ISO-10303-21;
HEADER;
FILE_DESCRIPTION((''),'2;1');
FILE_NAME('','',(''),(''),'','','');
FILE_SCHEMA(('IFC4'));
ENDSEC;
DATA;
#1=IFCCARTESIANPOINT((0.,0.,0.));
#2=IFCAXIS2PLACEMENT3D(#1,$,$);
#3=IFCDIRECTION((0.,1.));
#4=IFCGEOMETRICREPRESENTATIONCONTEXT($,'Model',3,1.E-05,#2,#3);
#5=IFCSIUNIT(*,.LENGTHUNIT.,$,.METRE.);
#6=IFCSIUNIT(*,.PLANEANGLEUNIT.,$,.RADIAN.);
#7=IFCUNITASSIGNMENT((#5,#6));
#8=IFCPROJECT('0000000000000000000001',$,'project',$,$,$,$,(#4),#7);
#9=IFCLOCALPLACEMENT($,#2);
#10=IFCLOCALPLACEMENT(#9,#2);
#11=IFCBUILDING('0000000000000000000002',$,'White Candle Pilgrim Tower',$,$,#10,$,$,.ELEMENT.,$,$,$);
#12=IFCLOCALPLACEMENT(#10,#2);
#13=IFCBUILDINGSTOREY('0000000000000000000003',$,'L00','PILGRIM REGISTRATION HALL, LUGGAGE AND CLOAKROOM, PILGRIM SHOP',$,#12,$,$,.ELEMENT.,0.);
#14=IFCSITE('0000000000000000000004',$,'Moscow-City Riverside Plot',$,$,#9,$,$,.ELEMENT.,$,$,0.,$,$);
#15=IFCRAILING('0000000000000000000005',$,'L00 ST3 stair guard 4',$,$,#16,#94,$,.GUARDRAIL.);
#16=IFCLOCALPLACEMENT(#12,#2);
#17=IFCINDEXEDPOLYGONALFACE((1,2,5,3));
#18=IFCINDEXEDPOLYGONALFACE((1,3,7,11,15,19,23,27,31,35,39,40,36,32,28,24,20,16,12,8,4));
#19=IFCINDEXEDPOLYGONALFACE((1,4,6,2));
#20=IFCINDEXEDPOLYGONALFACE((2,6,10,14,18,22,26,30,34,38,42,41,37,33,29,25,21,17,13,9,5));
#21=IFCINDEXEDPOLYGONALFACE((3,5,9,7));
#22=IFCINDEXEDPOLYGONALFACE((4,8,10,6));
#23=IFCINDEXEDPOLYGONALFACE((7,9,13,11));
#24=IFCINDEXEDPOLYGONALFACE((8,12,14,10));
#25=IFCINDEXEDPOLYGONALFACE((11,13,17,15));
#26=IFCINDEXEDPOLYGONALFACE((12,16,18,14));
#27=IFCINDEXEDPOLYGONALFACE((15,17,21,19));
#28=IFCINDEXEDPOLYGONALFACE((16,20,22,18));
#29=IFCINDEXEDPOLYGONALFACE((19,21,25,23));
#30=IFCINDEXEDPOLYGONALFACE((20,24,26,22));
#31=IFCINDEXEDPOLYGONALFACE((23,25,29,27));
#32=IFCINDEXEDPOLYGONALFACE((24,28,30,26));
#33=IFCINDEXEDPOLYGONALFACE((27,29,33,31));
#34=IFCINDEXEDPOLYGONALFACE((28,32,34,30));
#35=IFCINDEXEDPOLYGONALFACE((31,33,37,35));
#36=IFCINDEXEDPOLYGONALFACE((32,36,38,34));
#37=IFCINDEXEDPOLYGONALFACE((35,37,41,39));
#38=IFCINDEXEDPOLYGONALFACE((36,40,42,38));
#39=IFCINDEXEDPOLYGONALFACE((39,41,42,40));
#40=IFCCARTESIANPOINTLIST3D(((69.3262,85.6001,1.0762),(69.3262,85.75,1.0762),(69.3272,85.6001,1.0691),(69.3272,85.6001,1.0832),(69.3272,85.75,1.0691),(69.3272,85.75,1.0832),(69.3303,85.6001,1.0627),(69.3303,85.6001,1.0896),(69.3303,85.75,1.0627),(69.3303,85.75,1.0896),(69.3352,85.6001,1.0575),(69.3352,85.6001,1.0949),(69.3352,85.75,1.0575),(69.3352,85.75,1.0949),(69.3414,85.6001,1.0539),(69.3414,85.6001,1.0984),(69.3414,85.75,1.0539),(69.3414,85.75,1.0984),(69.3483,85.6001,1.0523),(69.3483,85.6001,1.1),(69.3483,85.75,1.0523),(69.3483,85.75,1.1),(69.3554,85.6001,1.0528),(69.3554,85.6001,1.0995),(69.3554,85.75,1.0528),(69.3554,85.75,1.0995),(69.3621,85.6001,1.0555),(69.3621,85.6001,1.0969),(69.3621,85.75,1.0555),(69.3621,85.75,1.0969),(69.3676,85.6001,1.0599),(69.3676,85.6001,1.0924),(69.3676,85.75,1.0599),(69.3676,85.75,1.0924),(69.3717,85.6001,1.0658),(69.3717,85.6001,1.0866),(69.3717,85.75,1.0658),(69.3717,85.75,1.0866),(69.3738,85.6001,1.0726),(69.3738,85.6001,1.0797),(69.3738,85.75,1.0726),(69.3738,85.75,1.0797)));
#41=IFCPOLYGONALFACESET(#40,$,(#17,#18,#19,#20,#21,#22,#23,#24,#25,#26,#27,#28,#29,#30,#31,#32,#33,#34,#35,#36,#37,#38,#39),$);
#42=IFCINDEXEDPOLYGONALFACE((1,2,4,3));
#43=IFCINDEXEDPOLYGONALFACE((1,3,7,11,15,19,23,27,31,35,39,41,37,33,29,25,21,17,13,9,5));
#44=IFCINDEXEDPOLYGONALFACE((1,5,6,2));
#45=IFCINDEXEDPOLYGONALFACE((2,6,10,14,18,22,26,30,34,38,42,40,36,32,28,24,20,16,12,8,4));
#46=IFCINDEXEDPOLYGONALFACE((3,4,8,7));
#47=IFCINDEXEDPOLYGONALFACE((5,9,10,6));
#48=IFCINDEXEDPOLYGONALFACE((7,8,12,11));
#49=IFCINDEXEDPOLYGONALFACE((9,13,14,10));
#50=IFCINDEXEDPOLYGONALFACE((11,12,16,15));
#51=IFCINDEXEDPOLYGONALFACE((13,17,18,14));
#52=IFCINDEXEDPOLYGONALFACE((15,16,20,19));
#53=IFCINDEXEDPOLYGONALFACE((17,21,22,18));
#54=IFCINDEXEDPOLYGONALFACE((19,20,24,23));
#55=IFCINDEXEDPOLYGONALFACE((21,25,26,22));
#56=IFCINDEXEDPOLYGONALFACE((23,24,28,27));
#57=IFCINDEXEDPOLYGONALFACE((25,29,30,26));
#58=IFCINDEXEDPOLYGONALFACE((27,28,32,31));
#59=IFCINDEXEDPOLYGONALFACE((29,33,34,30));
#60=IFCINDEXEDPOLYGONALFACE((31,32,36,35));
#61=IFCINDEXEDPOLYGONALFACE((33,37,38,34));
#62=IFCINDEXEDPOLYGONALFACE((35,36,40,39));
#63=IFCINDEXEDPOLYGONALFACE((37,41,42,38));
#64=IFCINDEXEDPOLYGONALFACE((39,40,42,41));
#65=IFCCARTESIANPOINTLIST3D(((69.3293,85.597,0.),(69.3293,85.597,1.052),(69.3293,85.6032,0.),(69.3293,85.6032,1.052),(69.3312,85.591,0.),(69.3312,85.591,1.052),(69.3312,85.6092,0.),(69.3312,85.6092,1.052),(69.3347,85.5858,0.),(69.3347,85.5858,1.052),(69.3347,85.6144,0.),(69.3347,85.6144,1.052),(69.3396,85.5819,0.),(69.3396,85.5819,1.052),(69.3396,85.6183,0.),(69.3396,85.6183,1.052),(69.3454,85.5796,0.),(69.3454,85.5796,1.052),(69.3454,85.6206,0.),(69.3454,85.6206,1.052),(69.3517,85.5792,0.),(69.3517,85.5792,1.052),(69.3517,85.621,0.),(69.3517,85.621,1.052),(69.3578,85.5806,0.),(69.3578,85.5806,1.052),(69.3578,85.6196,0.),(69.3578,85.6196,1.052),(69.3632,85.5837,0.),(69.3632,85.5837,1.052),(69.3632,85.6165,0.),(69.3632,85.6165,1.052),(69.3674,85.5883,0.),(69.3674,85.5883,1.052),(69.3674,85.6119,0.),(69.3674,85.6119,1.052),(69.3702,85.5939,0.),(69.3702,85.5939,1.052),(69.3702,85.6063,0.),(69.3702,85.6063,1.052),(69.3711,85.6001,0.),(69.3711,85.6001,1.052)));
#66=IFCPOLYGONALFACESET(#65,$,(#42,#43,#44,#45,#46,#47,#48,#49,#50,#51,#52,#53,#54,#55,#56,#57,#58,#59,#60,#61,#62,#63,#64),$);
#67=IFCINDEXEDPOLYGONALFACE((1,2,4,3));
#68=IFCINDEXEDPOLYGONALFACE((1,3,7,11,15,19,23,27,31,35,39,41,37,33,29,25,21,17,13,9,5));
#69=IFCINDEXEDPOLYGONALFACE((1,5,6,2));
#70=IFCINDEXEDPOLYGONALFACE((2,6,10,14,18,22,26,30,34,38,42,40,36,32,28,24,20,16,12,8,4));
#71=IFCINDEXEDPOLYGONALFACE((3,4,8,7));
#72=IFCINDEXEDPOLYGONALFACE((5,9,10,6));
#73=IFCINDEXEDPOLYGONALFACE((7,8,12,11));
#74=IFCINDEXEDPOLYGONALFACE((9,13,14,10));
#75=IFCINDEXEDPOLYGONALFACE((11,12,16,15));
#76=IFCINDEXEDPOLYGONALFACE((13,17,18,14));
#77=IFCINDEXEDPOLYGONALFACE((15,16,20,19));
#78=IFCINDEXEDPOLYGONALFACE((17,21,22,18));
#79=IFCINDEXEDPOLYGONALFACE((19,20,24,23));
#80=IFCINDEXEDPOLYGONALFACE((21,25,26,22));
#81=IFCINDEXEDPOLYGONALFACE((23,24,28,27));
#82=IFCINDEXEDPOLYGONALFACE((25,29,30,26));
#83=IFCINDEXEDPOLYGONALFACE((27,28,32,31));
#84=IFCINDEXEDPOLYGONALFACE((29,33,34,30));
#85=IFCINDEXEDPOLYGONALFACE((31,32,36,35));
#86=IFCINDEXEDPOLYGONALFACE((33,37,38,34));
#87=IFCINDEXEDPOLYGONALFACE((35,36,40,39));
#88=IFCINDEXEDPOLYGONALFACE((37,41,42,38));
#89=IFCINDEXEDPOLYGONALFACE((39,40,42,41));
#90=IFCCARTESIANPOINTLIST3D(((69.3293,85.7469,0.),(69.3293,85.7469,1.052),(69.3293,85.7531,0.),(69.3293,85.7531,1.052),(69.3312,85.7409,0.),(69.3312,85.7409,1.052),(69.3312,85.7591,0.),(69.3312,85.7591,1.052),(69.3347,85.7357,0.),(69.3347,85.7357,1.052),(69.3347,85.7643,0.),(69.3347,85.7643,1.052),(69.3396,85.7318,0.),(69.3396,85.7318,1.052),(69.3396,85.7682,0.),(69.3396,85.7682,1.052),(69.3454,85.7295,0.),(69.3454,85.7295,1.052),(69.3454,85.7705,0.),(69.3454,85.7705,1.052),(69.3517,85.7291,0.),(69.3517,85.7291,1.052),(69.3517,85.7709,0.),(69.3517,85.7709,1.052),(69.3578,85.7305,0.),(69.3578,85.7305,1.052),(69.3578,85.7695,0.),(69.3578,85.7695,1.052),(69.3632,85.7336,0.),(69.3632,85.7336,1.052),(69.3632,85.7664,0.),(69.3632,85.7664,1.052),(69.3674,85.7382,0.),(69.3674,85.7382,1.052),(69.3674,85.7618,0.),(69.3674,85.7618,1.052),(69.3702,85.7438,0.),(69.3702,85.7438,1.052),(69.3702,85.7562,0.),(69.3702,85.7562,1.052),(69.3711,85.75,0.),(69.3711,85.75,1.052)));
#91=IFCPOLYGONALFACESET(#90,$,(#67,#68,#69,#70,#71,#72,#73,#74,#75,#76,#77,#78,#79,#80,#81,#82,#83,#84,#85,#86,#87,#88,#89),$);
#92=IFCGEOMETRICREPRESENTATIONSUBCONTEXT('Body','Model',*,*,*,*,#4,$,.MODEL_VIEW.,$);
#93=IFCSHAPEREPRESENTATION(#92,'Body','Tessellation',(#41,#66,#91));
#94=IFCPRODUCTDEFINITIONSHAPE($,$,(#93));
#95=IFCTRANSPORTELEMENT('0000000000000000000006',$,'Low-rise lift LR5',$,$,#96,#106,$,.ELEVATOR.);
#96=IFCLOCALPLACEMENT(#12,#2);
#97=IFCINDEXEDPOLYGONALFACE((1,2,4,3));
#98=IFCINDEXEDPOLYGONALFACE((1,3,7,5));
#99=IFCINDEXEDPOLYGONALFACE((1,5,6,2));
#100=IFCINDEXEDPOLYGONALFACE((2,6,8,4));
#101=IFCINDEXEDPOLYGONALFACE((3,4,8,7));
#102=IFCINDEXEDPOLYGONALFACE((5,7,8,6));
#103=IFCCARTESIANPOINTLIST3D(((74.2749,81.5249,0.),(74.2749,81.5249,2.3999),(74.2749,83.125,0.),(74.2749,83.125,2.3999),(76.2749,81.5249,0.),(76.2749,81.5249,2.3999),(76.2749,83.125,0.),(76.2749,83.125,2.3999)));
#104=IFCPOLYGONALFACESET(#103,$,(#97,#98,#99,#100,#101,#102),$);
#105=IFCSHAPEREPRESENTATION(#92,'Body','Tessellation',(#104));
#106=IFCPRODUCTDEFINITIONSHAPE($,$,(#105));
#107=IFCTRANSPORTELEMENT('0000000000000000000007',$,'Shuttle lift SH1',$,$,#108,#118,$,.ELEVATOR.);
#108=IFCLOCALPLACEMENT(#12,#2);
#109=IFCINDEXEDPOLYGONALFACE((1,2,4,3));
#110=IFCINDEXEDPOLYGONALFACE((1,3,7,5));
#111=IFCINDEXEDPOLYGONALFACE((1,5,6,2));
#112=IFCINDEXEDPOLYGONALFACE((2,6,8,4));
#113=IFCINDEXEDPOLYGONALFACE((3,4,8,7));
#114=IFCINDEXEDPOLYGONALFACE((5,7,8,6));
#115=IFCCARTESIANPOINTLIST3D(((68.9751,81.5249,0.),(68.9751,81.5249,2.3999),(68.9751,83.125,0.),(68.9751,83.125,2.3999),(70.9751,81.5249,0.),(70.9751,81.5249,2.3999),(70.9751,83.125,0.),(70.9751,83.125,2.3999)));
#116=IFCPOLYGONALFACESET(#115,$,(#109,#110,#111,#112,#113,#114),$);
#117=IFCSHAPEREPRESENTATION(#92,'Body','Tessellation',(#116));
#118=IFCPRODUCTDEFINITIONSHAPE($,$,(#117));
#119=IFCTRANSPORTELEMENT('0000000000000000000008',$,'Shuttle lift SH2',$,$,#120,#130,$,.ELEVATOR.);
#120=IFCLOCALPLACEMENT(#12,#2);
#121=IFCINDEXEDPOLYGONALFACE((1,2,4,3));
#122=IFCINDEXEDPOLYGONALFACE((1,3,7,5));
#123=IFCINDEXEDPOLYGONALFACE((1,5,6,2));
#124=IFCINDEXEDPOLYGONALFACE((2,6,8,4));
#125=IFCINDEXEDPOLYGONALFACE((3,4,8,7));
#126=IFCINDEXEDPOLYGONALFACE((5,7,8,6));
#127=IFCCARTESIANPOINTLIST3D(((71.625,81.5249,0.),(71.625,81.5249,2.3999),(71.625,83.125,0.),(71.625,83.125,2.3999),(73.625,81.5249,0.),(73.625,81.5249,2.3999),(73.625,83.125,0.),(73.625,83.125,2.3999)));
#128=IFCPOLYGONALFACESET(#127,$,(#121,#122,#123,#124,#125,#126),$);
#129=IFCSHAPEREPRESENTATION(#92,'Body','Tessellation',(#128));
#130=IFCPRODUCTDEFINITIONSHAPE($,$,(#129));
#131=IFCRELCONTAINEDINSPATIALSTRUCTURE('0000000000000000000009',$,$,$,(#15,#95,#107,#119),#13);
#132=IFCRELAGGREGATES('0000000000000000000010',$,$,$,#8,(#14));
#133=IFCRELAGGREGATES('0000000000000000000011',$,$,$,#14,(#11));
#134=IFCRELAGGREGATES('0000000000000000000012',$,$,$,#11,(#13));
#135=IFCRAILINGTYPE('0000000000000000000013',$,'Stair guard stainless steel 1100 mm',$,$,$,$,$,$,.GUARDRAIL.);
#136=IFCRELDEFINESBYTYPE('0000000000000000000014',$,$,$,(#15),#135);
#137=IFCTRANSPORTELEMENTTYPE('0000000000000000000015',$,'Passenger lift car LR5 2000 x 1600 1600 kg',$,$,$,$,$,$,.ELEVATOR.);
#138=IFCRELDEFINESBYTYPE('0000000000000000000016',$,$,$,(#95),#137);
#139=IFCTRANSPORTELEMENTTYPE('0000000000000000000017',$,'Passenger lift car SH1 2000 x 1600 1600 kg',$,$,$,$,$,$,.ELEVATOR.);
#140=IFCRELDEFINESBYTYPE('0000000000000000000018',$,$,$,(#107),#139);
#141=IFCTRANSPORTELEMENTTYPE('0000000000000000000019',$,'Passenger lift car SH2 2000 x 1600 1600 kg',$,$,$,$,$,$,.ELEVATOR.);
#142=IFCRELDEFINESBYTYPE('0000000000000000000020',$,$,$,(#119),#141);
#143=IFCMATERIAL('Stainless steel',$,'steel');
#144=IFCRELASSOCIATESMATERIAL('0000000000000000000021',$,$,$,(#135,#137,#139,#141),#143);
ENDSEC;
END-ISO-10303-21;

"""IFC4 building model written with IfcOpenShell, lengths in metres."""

from ifc_helpers import new_model, si_unit, direction, frame, origin, origin_2d, place, context, subcontext, project, spatial, rectangle, circle, extrude, material, type_object, element, save


model = new_model("IFC4")

# Units and contexts
model_context = context("Model", 3, precision=1e-05, world=origin(), true_north=direction((0.0, 1.0)))
body_context = subcontext(model_context, "Body", "Model", "MODEL_VIEW")
ifc_project = project(units=[si_unit("LENGTHUNIT", "METRE"), si_unit("PLANEANGLEUNIT", "RADIAN")], contexts=[model_context])

# Site, building, storey
site_placement = place(None, origin())
site = spatial("IfcSite", under=ifc_project, at=site_placement, Name="Moscow-City Riverside Plot", CompositionType="ELEMENT", RefElevation=0.0)
building_placement = place(site_placement, origin())
building = spatial("IfcBuilding", under=site, at=building_placement, Name="White Candle Pilgrim Tower", CompositionType="ELEMENT")
storey_placement = place(building_placement, origin())
storey = spatial("IfcBuildingStorey", under=building, at=storey_placement, Name="L00", Description="PILGRIM REGISTRATION HALL, LUGGAGE AND CLOAKROOM, PILGRIM SHOP", CompositionType="ELEMENT", Elevation=0.0)

# Railing
ifc_material_1 = material(Name="Stainless steel", Category="steel")
railing_type_1 = type_object("IfcRailingType", Name="Stair guard stainless steel 1100 mm", PredefinedType="GUARDRAIL", material=ifc_material_1)
railing_1_placement = place(storey_placement, frame((69.3501, 85.6001, 0.0)))
element("IfcRailing", 1, at=railing_1_placement, inside=storey, type_object=railing_type_1, Name="L00 ST3 stair guard 4", PredefinedType="GUARDRAIL", context=body_context, shape_type="SweptSolid", body=[
    extrude(circle(Radius=0.0239, at=origin_2d()), frame((0.0, 0.0, 1.0762), z_axis=(0.0, 1.0, 0.0), x_axis=(-1.0, 0.0, 0.0)), (0.0, 0.0, 1.0), 0.1499),
    extrude(circle(Radius=0.021, at=origin_2d()), origin(), (0.0, 0.0, 1.0), 1.052),
    extrude(circle(Radius=0.021, at=origin_2d()), frame((0.0, 0.1499, 0.0)), (0.0, 0.0, 1.0), 1.052),
])

# Transport elements
transport_element_type_1 = type_object("IfcTransportElementType", Name="Passenger lift car LR5 2000 x 1600 1600 kg", PredefinedType="ELEVATOR", material=ifc_material_1)
transport_element_1_placement = place(storey_placement, frame((75.2749, 82.325, 0.0), z_axis=(0.0, 0.0, 1.0), x_axis=(1.0, 0.0, 0.0)))
element("IfcTransportElement", 2, at=transport_element_1_placement, inside=storey, type_object=transport_element_type_1, Name="Low-rise lift LR5", PredefinedType="ELEVATOR", context=body_context, shape_type="SweptSolid", body=[
    extrude(rectangle(XDim=2.0, YDim=1.6001, at=origin_2d()), origin(), (0.0, 0.0, 1.0), 2.3999),
])
transport_element_type_2 = type_object("IfcTransportElementType", Name="Passenger lift car SH1 2000 x 1600 1600 kg", PredefinedType="ELEVATOR", material=ifc_material_1)
transport_element_2_placement = place(storey_placement, frame((69.9751, 82.325, 0.0), z_axis=(0.0, 0.0, 1.0), x_axis=(1.0, 0.0, 0.0)))
element("IfcTransportElement", 3, at=transport_element_2_placement, inside=storey, type_object=transport_element_type_2, Name="Shuttle lift SH1", PredefinedType="ELEVATOR", context=body_context, shape_type="SweptSolid", body=[
    extrude(rectangle(XDim=2.0, YDim=1.6001, at=origin_2d()), origin(), (0.0, 0.0, 1.0), 2.3999),
])
transport_element_type_3 = type_object("IfcTransportElementType", Name="Passenger lift car SH2 2000 x 1600 1600 kg", PredefinedType="ELEVATOR", material=ifc_material_1)
transport_element_3_placement = place(storey_placement, frame((72.625, 82.325, 0.0), z_axis=(0.0, 0.0, 1.0), x_axis=(1.0, 0.0, 0.0)))
element("IfcTransportElement", 4, at=transport_element_3_placement, inside=storey, type_object=transport_element_type_3, Name="Shuttle lift SH2", PredefinedType="ELEVATOR", context=body_context, shape_type="SweptSolid", body=[
    extrude(rectangle(XDim=2.0, YDim=1.6001, at=origin_2d()), origin(), (0.0, 0.0, 1.0), 2.3999),
])

save(model, "model.ifc")
